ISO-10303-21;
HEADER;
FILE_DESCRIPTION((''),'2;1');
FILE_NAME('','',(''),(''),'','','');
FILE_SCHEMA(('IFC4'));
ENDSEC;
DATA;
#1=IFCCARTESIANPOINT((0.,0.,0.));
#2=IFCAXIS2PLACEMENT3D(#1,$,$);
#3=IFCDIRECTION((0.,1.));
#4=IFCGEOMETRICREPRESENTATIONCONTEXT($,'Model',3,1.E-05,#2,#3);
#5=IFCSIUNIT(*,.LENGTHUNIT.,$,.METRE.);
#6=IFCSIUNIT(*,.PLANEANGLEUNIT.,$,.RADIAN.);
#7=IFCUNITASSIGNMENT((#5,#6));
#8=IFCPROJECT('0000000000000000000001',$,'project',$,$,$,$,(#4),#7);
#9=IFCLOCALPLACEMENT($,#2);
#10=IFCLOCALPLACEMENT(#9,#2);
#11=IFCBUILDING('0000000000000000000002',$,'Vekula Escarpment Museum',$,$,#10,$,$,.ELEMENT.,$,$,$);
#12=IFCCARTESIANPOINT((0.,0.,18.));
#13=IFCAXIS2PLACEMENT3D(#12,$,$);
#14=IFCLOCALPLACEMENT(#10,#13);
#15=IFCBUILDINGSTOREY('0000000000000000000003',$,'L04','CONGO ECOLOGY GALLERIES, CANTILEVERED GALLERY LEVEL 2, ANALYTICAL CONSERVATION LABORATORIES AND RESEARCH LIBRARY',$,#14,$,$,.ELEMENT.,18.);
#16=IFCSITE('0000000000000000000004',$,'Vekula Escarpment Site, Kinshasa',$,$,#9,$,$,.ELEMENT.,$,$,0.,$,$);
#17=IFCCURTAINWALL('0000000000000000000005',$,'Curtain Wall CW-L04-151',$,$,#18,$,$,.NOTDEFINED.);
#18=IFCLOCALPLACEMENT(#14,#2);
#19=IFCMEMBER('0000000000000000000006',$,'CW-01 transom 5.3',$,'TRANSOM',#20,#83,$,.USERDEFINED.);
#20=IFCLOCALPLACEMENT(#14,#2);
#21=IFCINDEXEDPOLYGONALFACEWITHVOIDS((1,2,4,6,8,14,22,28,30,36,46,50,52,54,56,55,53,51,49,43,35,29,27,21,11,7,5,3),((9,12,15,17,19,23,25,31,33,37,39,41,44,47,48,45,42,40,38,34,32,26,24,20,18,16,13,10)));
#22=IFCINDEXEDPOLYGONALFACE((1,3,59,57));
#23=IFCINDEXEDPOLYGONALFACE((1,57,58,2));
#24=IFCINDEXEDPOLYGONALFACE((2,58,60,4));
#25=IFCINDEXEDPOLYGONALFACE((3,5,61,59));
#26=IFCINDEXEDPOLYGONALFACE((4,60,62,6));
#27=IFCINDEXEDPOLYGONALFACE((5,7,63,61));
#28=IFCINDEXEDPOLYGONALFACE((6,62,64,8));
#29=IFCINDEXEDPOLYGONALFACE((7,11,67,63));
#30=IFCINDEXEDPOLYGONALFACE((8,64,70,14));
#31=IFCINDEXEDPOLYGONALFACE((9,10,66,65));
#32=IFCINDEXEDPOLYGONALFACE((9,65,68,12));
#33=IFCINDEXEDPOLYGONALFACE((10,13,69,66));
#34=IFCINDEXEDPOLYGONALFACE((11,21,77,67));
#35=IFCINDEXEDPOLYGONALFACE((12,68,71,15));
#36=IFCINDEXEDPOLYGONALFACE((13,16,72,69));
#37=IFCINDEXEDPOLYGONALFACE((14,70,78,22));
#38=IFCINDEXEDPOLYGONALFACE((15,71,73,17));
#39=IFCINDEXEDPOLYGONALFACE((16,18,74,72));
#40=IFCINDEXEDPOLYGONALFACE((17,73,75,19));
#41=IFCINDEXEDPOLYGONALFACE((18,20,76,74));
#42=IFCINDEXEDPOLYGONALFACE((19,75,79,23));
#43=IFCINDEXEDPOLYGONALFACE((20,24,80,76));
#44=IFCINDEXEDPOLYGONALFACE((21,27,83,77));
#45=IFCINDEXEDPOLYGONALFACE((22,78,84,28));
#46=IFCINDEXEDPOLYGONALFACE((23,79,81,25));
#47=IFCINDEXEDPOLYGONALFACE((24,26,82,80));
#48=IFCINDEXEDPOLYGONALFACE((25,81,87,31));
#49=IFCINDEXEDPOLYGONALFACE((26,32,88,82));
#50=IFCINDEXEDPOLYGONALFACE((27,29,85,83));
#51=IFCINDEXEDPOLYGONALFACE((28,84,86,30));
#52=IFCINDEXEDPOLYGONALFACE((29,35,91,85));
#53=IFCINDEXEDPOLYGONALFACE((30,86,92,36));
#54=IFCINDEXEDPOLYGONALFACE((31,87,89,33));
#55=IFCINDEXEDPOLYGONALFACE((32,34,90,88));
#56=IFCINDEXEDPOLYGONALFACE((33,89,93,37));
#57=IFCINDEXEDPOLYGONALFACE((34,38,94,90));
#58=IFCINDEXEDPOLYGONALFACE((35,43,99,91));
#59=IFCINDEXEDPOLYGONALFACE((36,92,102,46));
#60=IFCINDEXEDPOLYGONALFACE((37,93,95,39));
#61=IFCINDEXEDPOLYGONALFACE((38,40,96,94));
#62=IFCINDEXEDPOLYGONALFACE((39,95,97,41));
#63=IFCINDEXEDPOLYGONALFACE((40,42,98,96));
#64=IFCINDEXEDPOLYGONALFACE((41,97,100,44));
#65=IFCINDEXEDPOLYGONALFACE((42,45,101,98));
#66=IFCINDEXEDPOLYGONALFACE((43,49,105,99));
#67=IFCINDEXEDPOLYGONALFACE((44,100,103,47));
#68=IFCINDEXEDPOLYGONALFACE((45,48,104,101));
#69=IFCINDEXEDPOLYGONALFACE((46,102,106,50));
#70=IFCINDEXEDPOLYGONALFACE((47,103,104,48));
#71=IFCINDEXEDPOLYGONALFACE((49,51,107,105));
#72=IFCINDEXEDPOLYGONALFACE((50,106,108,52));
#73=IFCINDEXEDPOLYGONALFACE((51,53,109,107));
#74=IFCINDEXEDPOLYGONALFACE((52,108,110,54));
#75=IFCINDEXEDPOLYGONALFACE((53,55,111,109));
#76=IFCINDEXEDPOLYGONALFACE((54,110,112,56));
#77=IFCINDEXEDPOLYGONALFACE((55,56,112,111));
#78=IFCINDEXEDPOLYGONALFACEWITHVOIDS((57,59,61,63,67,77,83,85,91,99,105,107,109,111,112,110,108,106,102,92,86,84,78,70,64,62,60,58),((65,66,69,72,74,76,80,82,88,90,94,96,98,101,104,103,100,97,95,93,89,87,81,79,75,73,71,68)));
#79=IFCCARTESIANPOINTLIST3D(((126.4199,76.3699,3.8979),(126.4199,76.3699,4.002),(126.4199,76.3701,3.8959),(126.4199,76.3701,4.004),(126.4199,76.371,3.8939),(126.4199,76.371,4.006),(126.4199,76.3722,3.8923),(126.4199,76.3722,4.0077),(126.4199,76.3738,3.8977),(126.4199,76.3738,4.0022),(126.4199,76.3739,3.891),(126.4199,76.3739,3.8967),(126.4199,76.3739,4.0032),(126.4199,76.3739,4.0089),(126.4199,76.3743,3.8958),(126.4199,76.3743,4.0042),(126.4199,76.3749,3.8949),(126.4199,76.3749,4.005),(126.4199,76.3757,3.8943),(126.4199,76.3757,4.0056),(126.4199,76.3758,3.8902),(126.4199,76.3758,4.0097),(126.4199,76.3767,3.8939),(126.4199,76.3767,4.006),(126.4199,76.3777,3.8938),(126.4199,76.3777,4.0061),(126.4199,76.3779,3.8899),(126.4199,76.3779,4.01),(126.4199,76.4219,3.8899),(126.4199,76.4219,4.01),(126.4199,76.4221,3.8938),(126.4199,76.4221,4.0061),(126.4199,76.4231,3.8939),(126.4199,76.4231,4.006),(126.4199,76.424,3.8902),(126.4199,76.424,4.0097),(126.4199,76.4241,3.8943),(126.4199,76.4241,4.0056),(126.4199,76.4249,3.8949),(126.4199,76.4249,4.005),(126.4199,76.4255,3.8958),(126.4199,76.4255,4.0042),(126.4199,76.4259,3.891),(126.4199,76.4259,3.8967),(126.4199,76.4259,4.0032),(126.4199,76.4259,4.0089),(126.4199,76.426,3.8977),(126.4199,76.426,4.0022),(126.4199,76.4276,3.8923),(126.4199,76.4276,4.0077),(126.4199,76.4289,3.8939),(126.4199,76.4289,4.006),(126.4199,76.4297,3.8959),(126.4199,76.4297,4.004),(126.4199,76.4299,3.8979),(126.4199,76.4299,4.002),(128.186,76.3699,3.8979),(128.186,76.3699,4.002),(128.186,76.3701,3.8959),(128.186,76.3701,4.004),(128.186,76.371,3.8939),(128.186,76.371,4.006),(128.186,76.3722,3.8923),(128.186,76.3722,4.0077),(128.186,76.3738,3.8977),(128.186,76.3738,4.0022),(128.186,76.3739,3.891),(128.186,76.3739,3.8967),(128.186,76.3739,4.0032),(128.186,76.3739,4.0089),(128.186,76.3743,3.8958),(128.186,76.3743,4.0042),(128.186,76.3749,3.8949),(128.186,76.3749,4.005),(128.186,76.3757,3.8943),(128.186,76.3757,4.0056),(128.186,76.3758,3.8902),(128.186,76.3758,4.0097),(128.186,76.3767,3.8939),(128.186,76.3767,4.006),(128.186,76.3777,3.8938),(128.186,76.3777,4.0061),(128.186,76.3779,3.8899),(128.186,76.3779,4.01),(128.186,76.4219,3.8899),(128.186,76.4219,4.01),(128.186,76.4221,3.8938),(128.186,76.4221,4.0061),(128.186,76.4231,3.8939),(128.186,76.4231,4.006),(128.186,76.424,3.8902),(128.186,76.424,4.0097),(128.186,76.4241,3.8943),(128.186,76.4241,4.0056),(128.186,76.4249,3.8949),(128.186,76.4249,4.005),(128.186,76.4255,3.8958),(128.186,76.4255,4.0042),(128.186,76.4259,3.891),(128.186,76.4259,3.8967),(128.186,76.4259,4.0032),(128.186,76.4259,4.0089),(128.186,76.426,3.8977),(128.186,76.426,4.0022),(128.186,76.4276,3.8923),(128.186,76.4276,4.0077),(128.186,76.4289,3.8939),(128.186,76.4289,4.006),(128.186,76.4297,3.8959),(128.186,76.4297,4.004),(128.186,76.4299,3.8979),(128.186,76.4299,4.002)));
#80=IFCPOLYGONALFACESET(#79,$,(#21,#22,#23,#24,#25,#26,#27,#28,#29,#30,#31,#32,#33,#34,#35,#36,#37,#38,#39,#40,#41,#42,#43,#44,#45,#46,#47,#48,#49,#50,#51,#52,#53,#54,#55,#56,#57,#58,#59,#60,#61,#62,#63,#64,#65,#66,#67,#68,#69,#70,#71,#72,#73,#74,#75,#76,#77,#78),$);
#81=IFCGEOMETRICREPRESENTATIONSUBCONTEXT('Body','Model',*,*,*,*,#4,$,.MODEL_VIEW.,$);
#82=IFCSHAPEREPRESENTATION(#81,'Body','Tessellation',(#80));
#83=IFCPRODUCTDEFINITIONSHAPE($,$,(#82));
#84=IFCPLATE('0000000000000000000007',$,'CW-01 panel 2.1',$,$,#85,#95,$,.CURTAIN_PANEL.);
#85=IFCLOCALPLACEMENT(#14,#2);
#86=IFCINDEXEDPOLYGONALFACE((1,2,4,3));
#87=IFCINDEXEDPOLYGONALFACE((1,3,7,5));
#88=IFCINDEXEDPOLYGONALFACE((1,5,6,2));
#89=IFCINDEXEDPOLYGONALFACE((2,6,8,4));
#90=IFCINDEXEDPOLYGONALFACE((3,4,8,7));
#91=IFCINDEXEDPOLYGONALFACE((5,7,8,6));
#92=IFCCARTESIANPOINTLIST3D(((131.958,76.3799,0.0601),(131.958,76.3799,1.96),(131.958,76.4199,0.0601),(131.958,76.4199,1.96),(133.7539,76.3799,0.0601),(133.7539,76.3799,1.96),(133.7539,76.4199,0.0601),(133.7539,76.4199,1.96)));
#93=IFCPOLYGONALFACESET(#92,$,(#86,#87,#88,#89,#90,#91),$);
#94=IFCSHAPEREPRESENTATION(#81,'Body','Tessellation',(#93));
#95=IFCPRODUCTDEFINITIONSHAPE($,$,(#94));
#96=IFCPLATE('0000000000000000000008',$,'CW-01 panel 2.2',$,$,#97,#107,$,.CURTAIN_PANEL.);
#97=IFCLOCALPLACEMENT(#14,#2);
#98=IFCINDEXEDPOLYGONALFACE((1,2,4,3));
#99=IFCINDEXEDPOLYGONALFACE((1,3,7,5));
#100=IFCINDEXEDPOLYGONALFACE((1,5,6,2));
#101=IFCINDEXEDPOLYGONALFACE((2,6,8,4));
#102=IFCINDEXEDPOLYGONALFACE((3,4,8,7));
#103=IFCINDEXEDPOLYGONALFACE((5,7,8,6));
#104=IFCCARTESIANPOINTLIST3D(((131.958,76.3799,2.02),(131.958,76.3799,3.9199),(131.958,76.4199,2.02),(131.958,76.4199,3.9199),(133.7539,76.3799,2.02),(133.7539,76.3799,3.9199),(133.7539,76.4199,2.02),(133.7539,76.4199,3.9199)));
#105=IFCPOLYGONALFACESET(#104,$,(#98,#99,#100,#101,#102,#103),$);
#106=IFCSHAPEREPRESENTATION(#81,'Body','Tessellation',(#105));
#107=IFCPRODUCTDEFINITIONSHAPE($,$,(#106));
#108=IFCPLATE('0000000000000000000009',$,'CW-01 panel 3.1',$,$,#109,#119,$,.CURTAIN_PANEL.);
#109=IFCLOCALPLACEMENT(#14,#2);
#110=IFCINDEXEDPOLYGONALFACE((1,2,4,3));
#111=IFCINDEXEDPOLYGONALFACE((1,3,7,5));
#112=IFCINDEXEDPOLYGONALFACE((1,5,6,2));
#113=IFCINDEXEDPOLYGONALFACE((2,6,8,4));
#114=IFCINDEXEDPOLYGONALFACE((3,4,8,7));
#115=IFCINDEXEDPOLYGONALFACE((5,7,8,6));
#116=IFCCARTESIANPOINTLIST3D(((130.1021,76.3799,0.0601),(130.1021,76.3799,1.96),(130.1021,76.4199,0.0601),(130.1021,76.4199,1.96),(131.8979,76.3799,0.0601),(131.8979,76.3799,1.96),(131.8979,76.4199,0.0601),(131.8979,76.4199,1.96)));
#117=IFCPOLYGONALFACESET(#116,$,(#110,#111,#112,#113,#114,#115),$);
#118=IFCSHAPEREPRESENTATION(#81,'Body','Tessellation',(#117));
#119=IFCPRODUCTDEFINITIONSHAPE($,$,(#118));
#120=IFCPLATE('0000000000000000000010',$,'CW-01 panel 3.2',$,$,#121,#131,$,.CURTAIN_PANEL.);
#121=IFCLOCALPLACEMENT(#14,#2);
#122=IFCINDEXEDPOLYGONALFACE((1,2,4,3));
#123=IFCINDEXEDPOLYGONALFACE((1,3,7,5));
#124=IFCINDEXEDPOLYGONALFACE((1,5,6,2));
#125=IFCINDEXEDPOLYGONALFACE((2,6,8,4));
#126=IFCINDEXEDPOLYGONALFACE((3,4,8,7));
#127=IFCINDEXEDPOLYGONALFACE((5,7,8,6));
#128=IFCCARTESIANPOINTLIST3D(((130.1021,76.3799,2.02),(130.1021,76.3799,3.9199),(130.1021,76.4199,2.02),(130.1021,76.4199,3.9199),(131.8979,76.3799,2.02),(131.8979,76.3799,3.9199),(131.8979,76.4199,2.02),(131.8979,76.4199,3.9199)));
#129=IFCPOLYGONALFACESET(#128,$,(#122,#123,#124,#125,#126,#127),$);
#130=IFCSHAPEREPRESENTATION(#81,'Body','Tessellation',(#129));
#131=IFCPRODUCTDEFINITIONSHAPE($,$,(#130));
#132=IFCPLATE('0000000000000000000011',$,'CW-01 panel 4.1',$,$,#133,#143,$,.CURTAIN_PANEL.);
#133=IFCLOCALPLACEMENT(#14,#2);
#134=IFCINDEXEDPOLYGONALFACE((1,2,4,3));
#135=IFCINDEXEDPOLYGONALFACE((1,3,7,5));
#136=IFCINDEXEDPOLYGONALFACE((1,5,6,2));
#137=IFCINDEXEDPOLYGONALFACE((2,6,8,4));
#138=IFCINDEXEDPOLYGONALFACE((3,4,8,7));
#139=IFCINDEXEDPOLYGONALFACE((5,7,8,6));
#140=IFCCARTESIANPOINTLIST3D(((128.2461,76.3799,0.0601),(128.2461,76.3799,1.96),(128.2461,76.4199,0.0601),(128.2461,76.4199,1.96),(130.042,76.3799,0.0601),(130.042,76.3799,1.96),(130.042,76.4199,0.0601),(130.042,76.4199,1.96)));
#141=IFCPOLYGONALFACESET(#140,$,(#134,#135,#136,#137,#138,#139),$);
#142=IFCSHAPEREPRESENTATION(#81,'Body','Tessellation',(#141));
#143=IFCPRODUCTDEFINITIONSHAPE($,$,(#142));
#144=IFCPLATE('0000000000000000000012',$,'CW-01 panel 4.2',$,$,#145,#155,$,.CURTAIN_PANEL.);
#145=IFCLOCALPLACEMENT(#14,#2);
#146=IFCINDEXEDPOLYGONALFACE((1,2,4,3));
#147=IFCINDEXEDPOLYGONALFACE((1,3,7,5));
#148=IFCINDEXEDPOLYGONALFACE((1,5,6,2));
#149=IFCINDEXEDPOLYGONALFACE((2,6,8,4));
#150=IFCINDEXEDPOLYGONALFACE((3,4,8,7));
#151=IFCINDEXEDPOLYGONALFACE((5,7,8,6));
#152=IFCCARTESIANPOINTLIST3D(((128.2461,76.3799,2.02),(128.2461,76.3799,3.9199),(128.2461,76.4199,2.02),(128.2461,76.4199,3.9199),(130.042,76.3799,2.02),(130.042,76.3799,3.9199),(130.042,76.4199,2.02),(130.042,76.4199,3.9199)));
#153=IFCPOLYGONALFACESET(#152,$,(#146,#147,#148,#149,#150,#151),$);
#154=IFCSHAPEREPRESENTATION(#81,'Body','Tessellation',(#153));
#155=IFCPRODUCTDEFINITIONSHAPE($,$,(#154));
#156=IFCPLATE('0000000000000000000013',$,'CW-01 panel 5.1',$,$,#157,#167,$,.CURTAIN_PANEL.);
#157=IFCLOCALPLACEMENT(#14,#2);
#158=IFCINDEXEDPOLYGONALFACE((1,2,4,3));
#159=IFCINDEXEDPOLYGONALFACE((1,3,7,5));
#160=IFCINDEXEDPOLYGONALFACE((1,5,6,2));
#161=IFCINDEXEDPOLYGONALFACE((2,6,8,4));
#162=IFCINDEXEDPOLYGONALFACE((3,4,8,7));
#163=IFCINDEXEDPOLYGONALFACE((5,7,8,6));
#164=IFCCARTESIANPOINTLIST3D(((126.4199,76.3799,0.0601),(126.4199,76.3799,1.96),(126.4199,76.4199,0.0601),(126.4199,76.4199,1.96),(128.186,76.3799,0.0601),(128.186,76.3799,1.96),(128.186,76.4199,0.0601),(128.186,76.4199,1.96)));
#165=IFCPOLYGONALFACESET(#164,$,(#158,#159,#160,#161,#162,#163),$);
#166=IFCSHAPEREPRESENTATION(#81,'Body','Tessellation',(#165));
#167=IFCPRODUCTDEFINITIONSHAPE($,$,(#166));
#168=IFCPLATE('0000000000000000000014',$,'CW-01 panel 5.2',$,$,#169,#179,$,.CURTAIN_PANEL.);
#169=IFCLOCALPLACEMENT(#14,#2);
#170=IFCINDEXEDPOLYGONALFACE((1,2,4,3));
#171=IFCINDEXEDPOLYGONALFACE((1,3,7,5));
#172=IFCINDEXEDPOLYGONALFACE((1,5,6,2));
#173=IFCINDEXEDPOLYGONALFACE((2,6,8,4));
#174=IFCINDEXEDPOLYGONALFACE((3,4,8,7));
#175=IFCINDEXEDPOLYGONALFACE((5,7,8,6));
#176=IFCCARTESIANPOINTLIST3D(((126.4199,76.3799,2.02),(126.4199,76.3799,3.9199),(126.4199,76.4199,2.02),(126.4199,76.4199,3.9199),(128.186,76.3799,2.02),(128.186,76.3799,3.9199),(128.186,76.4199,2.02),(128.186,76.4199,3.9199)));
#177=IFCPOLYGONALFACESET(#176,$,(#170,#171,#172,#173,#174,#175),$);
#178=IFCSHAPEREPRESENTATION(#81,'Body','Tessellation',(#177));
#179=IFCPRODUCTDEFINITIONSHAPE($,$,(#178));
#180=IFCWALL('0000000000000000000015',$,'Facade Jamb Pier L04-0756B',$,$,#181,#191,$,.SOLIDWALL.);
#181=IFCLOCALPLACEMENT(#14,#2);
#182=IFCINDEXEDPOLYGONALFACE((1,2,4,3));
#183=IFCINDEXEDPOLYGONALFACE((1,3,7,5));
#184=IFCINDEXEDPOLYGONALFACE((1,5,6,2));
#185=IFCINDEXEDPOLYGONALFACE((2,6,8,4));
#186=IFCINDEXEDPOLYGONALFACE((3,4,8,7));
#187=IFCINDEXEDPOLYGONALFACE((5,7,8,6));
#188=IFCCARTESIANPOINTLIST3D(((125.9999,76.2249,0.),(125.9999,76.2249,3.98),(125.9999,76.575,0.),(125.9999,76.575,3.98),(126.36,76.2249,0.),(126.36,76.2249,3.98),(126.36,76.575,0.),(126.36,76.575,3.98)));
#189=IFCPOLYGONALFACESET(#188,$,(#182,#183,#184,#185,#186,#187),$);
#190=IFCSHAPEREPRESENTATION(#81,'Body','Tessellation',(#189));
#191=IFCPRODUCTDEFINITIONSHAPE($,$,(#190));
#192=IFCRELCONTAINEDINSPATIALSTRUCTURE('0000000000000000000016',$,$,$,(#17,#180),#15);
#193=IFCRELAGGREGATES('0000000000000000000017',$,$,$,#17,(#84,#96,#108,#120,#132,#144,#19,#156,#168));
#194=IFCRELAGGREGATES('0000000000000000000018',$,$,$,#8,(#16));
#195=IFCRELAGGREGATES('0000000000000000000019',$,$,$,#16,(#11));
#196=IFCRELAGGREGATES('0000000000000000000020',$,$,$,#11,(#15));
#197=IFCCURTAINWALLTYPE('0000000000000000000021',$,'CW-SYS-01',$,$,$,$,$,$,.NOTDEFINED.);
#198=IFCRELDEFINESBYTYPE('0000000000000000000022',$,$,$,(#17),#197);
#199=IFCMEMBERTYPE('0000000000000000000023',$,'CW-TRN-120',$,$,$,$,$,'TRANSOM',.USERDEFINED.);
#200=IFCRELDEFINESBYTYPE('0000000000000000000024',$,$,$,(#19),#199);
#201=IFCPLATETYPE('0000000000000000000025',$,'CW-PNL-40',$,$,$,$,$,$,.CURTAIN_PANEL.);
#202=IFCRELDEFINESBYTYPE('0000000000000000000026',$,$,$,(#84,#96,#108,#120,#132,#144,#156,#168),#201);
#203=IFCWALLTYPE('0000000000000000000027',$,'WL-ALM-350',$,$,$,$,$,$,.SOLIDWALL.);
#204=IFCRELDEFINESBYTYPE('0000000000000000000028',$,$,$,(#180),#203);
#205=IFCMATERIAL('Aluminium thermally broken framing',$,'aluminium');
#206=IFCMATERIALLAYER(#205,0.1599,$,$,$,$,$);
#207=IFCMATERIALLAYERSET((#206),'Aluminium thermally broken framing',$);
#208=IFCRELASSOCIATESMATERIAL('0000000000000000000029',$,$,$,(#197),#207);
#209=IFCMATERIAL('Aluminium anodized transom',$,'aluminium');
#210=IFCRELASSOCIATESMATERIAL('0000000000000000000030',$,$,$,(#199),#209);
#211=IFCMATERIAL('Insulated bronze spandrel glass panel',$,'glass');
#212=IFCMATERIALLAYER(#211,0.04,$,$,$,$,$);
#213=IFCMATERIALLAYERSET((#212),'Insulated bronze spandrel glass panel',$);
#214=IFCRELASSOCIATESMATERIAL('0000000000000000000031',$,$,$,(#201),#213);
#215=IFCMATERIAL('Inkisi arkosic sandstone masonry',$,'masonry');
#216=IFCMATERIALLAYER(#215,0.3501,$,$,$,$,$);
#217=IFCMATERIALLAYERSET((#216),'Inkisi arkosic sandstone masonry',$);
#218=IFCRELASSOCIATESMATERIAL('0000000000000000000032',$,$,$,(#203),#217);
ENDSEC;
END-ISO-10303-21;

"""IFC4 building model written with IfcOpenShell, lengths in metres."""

from ifc_helpers import new_model, si_unit, direction, frame, frame_2d, origin, origin_2d, place, context, subcontext, project, spatial, rectangle, hollow_rectangle, extrude, material, layer, layer_set, material_profile, profile_set, type_object, element, aggregate, save


model = new_model("IFC4")

# Units and contexts
model_context = context("Model", 3, precision=1e-05, world=origin(), true_north=direction((0.0, 1.0)))
body_context = subcontext(model_context, "Body", "Model", "MODEL_VIEW")
ifc_project = project(units=[si_unit("LENGTHUNIT", "METRE"), si_unit("PLANEANGLEUNIT", "RADIAN")], contexts=[model_context])

# Site, building, storey
site_placement = place(None, origin())
site = spatial("IfcSite", under=ifc_project, at=site_placement, Name="Vekula Escarpment Site, Kinshasa", CompositionType="ELEMENT", RefElevation=0.0)
building_placement = place(site_placement, origin())
building = spatial("IfcBuilding", under=site, at=building_placement, Name="Vekula Escarpment Museum", CompositionType="ELEMENT")
storey_placement = place(building_placement, frame((0.0, 0.0, 18.0)))
storey = spatial("IfcBuildingStorey", under=building, at=storey_placement, Name="L04", Description="CONGO ECOLOGY GALLERIES, CANTILEVERED GALLERY LEVEL 2, ANALYTICAL CONSERVATION LABORATORIES AND RESEARCH LIBRARY", CompositionType="ELEMENT", Elevation=18.0)

# Curtain wall, member, plates
ifc_material_1 = material(Name="Aluminium thermally broken framing", Category="aluminium")
ifc_layer_1 = layer(ifc_material_1, 0.1599)
ifc_layer_set_1 = layer_set([ifc_layer_1], Name="Aluminium thermally broken framing")
curtain_wall_type = type_object("IfcCurtainWallType", Name="CW-SYS-01", PredefinedType="NOTDEFINED", material=ifc_layer_set_1)
curtain_wall_placement = place(storey_placement, origin())
curtain_wall = element("IfcCurtainWall", 1, at=curtain_wall_placement, inside=storey, type_object=curtain_wall_type, Name="Curtain Wall CW-L04-151", PredefinedType="NOTDEFINED")
ifc_material_2 = material(Name="Aluminium anodized transom", Category="aluminium")
ifc_material_profile_1 = material_profile(ifc_material_2, hollow_rectangle(XDim=0.0601, YDim=0.1201, WallThickness=0.0039, InnerFilletRadius=0.0039, OuterFilletRadius=0.0081, at=origin_2d()), Name="ALU 120x60x4")
ifc_profile_set_1 = profile_set([ifc_material_profile_1], Name="Aluminium anodized transom")
member_type_1 = type_object("IfcMemberType", Name="CW-TRN-120", ElementType="TRANSOM", PredefinedType="USERDEFINED", material=ifc_profile_set_1)
member_1_placement = place(storey_placement, frame((128.186, 76.3999, 3.95), z_axis=(-1.0, 0.0, 0.0), x_axis=(0.0, -1.0, 0.0)))
member_1 = element("IfcMember", 2, at=member_1_placement, type_object=member_type_1, Name="CW-01 transom 5.3", ObjectType="TRANSOM", PredefinedType="USERDEFINED", context=body_context, shape_type="SweptSolid", body=[
    extrude(hollow_rectangle(XDim=0.0601, YDim=0.1201, WallThickness=0.0039, InnerFilletRadius=0.0039, OuterFilletRadius=0.0081, at=origin_2d()), origin(), (0.0, 0.0, 1.0), 1.7661),
])
ifc_material_3 = material(Name="Insulated bronze spandrel glass panel", Category="glass")
ifc_layer_2 = layer(ifc_material_3, 0.04)
ifc_layer_set_2 = layer_set([ifc_layer_2], Name="Insulated bronze spandrel glass panel")
plate_type = type_object("IfcPlateType", Name="CW-PNL-40", PredefinedType="CURTAIN_PANEL", material=ifc_layer_set_2)
plate_1_placement = place(storey_placement, frame((132.856, 76.3999, 0.0601), z_axis=(0.0, 0.0, 1.0), x_axis=(-1.0, 0.0, 0.0)))
plate_1 = element("IfcPlate", 3, at=plate_1_placement, type_object=plate_type, Name="CW-01 panel 2.1", PredefinedType="CURTAIN_PANEL", context=body_context, shape_type="SweptSolid", body=[
    extrude(rectangle(XDim=1.7959, YDim=0.04, at=origin_2d()), origin(), (0.0, 0.0, 1.0), 1.8999),
])
plate_2_placement = place(storey_placement, frame((132.856, 76.3999, 2.02), z_axis=(0.0, 0.0, 1.0), x_axis=(-1.0, 0.0, 0.0)))
plate_2 = element("IfcPlate", 4, at=plate_2_placement, type_object=plate_type, Name="CW-01 panel 2.2", PredefinedType="CURTAIN_PANEL", context=body_context, shape_type="SweptSolid", body=[
    extrude(rectangle(XDim=1.7959, YDim=0.04, at=origin_2d()), origin(), (0.0, 0.0, 1.0), 1.8999),
])
plate_3_placement = place(storey_placement, frame((131.0, 76.3999, 0.0601), z_axis=(0.0, 0.0, 1.0), x_axis=(-1.0, 0.0, 0.0)))
plate_3 = element("IfcPlate", 5, at=plate_3_placement, type_object=plate_type, Name="CW-01 panel 3.1", PredefinedType="CURTAIN_PANEL", context=body_context, shape_type="SweptSolid", body=[
    extrude(rectangle(XDim=1.7959, YDim=0.04, at=origin_2d()), origin(), (0.0, 0.0, 1.0), 1.8999),
])
plate_4_placement = place(storey_placement, frame((131.0, 76.3999, 2.02), z_axis=(0.0, 0.0, 1.0), x_axis=(-1.0, 0.0, 0.0)))
plate_4 = element("IfcPlate", 6, at=plate_4_placement, type_object=plate_type, Name="CW-01 panel 3.2", PredefinedType="CURTAIN_PANEL", context=body_context, shape_type="SweptSolid", body=[
    extrude(rectangle(XDim=1.7959, YDim=0.04, at=origin_2d()), origin(), (0.0, 0.0, 1.0), 1.8999),
])
plate_5_placement = place(storey_placement, frame((129.144, 76.3999, 0.0601), z_axis=(0.0, 0.0, 1.0), x_axis=(-1.0, 0.0, 0.0)))
plate_5 = element("IfcPlate", 7, at=plate_5_placement, type_object=plate_type, Name="CW-01 panel 4.1", PredefinedType="CURTAIN_PANEL", context=body_context, shape_type="SweptSolid", body=[
    extrude(rectangle(XDim=1.7959, YDim=0.04, at=origin_2d()), origin(), (0.0, 0.0, 1.0), 1.8999),
])
plate_6_placement = place(storey_placement, frame((129.144, 76.3999, 2.02), z_axis=(0.0, 0.0, 1.0), x_axis=(-1.0, 0.0, 0.0)))
plate_6 = element("IfcPlate", 8, at=plate_6_placement, type_object=plate_type, Name="CW-01 panel 4.2", PredefinedType="CURTAIN_PANEL", context=body_context, shape_type="SweptSolid", body=[
    extrude(rectangle(XDim=1.7959, YDim=0.04, at=origin_2d()), origin(), (0.0, 0.0, 1.0), 1.8999),
])
plate_7_placement = place(storey_placement, frame((127.303, 76.3999, 0.0601), z_axis=(0.0, 0.0, 1.0), x_axis=(-1.0, 0.0, 0.0)))
plate_7 = element("IfcPlate", 9, at=plate_7_placement, type_object=plate_type, Name="CW-01 panel 5.1", PredefinedType="CURTAIN_PANEL", context=body_context, shape_type="SweptSolid", body=[
    extrude(rectangle(XDim=1.7661, YDim=0.04, at=origin_2d()), origin(), (0.0, 0.0, 1.0), 1.8999),
])
plate_8_placement = place(storey_placement, frame((127.303, 76.3999, 2.02), z_axis=(0.0, 0.0, 1.0), x_axis=(-1.0, 0.0, 0.0)))
plate_8 = element("IfcPlate", 10, at=plate_8_placement, type_object=plate_type, Name="CW-01 panel 5.2", PredefinedType="CURTAIN_PANEL", context=body_context, shape_type="SweptSolid", body=[
    extrude(rectangle(XDim=1.7661, YDim=0.04, at=origin_2d()), origin(), (0.0, 0.0, 1.0), 1.8999),
])
aggregate(curtain_wall, [plate_1, plate_2, plate_3, plate_4, plate_5, plate_6, member_1, plate_7, plate_8])

# Wall
ifc_material_4 = material(Name="Inkisi arkosic sandstone masonry", Category="masonry")
ifc_layer_3 = layer(ifc_material_4, 0.3501)
ifc_layer_set_3 = layer_set([ifc_layer_3], Name="Inkisi arkosic sandstone masonry")
wall_type_1 = type_object("IfcWallType", Name="WL-ALM-350", PredefinedType="SOLIDWALL", material=ifc_layer_set_3)
wall_1_placement = place(storey_placement, frame((126.3601, 76.3999, 0.0), z_axis=(0.0, 0.0, 1.0), x_axis=(-1.0, 0.0, 0.0)))
element("IfcWall", 11, at=wall_1_placement, inside=storey, type_object=wall_type_1, Name="Facade Jamb Pier L04-0756B", PredefinedType="SOLIDWALL", context=body_context, shape_type="SweptSolid", body=[
    extrude(rectangle(XDim=0.3601, YDim=0.3501, at=frame_2d((0.1802, 0.0))), origin(), (0.0, 0.0, 1.0), 3.98),
])

save(model, "model.ifc")
